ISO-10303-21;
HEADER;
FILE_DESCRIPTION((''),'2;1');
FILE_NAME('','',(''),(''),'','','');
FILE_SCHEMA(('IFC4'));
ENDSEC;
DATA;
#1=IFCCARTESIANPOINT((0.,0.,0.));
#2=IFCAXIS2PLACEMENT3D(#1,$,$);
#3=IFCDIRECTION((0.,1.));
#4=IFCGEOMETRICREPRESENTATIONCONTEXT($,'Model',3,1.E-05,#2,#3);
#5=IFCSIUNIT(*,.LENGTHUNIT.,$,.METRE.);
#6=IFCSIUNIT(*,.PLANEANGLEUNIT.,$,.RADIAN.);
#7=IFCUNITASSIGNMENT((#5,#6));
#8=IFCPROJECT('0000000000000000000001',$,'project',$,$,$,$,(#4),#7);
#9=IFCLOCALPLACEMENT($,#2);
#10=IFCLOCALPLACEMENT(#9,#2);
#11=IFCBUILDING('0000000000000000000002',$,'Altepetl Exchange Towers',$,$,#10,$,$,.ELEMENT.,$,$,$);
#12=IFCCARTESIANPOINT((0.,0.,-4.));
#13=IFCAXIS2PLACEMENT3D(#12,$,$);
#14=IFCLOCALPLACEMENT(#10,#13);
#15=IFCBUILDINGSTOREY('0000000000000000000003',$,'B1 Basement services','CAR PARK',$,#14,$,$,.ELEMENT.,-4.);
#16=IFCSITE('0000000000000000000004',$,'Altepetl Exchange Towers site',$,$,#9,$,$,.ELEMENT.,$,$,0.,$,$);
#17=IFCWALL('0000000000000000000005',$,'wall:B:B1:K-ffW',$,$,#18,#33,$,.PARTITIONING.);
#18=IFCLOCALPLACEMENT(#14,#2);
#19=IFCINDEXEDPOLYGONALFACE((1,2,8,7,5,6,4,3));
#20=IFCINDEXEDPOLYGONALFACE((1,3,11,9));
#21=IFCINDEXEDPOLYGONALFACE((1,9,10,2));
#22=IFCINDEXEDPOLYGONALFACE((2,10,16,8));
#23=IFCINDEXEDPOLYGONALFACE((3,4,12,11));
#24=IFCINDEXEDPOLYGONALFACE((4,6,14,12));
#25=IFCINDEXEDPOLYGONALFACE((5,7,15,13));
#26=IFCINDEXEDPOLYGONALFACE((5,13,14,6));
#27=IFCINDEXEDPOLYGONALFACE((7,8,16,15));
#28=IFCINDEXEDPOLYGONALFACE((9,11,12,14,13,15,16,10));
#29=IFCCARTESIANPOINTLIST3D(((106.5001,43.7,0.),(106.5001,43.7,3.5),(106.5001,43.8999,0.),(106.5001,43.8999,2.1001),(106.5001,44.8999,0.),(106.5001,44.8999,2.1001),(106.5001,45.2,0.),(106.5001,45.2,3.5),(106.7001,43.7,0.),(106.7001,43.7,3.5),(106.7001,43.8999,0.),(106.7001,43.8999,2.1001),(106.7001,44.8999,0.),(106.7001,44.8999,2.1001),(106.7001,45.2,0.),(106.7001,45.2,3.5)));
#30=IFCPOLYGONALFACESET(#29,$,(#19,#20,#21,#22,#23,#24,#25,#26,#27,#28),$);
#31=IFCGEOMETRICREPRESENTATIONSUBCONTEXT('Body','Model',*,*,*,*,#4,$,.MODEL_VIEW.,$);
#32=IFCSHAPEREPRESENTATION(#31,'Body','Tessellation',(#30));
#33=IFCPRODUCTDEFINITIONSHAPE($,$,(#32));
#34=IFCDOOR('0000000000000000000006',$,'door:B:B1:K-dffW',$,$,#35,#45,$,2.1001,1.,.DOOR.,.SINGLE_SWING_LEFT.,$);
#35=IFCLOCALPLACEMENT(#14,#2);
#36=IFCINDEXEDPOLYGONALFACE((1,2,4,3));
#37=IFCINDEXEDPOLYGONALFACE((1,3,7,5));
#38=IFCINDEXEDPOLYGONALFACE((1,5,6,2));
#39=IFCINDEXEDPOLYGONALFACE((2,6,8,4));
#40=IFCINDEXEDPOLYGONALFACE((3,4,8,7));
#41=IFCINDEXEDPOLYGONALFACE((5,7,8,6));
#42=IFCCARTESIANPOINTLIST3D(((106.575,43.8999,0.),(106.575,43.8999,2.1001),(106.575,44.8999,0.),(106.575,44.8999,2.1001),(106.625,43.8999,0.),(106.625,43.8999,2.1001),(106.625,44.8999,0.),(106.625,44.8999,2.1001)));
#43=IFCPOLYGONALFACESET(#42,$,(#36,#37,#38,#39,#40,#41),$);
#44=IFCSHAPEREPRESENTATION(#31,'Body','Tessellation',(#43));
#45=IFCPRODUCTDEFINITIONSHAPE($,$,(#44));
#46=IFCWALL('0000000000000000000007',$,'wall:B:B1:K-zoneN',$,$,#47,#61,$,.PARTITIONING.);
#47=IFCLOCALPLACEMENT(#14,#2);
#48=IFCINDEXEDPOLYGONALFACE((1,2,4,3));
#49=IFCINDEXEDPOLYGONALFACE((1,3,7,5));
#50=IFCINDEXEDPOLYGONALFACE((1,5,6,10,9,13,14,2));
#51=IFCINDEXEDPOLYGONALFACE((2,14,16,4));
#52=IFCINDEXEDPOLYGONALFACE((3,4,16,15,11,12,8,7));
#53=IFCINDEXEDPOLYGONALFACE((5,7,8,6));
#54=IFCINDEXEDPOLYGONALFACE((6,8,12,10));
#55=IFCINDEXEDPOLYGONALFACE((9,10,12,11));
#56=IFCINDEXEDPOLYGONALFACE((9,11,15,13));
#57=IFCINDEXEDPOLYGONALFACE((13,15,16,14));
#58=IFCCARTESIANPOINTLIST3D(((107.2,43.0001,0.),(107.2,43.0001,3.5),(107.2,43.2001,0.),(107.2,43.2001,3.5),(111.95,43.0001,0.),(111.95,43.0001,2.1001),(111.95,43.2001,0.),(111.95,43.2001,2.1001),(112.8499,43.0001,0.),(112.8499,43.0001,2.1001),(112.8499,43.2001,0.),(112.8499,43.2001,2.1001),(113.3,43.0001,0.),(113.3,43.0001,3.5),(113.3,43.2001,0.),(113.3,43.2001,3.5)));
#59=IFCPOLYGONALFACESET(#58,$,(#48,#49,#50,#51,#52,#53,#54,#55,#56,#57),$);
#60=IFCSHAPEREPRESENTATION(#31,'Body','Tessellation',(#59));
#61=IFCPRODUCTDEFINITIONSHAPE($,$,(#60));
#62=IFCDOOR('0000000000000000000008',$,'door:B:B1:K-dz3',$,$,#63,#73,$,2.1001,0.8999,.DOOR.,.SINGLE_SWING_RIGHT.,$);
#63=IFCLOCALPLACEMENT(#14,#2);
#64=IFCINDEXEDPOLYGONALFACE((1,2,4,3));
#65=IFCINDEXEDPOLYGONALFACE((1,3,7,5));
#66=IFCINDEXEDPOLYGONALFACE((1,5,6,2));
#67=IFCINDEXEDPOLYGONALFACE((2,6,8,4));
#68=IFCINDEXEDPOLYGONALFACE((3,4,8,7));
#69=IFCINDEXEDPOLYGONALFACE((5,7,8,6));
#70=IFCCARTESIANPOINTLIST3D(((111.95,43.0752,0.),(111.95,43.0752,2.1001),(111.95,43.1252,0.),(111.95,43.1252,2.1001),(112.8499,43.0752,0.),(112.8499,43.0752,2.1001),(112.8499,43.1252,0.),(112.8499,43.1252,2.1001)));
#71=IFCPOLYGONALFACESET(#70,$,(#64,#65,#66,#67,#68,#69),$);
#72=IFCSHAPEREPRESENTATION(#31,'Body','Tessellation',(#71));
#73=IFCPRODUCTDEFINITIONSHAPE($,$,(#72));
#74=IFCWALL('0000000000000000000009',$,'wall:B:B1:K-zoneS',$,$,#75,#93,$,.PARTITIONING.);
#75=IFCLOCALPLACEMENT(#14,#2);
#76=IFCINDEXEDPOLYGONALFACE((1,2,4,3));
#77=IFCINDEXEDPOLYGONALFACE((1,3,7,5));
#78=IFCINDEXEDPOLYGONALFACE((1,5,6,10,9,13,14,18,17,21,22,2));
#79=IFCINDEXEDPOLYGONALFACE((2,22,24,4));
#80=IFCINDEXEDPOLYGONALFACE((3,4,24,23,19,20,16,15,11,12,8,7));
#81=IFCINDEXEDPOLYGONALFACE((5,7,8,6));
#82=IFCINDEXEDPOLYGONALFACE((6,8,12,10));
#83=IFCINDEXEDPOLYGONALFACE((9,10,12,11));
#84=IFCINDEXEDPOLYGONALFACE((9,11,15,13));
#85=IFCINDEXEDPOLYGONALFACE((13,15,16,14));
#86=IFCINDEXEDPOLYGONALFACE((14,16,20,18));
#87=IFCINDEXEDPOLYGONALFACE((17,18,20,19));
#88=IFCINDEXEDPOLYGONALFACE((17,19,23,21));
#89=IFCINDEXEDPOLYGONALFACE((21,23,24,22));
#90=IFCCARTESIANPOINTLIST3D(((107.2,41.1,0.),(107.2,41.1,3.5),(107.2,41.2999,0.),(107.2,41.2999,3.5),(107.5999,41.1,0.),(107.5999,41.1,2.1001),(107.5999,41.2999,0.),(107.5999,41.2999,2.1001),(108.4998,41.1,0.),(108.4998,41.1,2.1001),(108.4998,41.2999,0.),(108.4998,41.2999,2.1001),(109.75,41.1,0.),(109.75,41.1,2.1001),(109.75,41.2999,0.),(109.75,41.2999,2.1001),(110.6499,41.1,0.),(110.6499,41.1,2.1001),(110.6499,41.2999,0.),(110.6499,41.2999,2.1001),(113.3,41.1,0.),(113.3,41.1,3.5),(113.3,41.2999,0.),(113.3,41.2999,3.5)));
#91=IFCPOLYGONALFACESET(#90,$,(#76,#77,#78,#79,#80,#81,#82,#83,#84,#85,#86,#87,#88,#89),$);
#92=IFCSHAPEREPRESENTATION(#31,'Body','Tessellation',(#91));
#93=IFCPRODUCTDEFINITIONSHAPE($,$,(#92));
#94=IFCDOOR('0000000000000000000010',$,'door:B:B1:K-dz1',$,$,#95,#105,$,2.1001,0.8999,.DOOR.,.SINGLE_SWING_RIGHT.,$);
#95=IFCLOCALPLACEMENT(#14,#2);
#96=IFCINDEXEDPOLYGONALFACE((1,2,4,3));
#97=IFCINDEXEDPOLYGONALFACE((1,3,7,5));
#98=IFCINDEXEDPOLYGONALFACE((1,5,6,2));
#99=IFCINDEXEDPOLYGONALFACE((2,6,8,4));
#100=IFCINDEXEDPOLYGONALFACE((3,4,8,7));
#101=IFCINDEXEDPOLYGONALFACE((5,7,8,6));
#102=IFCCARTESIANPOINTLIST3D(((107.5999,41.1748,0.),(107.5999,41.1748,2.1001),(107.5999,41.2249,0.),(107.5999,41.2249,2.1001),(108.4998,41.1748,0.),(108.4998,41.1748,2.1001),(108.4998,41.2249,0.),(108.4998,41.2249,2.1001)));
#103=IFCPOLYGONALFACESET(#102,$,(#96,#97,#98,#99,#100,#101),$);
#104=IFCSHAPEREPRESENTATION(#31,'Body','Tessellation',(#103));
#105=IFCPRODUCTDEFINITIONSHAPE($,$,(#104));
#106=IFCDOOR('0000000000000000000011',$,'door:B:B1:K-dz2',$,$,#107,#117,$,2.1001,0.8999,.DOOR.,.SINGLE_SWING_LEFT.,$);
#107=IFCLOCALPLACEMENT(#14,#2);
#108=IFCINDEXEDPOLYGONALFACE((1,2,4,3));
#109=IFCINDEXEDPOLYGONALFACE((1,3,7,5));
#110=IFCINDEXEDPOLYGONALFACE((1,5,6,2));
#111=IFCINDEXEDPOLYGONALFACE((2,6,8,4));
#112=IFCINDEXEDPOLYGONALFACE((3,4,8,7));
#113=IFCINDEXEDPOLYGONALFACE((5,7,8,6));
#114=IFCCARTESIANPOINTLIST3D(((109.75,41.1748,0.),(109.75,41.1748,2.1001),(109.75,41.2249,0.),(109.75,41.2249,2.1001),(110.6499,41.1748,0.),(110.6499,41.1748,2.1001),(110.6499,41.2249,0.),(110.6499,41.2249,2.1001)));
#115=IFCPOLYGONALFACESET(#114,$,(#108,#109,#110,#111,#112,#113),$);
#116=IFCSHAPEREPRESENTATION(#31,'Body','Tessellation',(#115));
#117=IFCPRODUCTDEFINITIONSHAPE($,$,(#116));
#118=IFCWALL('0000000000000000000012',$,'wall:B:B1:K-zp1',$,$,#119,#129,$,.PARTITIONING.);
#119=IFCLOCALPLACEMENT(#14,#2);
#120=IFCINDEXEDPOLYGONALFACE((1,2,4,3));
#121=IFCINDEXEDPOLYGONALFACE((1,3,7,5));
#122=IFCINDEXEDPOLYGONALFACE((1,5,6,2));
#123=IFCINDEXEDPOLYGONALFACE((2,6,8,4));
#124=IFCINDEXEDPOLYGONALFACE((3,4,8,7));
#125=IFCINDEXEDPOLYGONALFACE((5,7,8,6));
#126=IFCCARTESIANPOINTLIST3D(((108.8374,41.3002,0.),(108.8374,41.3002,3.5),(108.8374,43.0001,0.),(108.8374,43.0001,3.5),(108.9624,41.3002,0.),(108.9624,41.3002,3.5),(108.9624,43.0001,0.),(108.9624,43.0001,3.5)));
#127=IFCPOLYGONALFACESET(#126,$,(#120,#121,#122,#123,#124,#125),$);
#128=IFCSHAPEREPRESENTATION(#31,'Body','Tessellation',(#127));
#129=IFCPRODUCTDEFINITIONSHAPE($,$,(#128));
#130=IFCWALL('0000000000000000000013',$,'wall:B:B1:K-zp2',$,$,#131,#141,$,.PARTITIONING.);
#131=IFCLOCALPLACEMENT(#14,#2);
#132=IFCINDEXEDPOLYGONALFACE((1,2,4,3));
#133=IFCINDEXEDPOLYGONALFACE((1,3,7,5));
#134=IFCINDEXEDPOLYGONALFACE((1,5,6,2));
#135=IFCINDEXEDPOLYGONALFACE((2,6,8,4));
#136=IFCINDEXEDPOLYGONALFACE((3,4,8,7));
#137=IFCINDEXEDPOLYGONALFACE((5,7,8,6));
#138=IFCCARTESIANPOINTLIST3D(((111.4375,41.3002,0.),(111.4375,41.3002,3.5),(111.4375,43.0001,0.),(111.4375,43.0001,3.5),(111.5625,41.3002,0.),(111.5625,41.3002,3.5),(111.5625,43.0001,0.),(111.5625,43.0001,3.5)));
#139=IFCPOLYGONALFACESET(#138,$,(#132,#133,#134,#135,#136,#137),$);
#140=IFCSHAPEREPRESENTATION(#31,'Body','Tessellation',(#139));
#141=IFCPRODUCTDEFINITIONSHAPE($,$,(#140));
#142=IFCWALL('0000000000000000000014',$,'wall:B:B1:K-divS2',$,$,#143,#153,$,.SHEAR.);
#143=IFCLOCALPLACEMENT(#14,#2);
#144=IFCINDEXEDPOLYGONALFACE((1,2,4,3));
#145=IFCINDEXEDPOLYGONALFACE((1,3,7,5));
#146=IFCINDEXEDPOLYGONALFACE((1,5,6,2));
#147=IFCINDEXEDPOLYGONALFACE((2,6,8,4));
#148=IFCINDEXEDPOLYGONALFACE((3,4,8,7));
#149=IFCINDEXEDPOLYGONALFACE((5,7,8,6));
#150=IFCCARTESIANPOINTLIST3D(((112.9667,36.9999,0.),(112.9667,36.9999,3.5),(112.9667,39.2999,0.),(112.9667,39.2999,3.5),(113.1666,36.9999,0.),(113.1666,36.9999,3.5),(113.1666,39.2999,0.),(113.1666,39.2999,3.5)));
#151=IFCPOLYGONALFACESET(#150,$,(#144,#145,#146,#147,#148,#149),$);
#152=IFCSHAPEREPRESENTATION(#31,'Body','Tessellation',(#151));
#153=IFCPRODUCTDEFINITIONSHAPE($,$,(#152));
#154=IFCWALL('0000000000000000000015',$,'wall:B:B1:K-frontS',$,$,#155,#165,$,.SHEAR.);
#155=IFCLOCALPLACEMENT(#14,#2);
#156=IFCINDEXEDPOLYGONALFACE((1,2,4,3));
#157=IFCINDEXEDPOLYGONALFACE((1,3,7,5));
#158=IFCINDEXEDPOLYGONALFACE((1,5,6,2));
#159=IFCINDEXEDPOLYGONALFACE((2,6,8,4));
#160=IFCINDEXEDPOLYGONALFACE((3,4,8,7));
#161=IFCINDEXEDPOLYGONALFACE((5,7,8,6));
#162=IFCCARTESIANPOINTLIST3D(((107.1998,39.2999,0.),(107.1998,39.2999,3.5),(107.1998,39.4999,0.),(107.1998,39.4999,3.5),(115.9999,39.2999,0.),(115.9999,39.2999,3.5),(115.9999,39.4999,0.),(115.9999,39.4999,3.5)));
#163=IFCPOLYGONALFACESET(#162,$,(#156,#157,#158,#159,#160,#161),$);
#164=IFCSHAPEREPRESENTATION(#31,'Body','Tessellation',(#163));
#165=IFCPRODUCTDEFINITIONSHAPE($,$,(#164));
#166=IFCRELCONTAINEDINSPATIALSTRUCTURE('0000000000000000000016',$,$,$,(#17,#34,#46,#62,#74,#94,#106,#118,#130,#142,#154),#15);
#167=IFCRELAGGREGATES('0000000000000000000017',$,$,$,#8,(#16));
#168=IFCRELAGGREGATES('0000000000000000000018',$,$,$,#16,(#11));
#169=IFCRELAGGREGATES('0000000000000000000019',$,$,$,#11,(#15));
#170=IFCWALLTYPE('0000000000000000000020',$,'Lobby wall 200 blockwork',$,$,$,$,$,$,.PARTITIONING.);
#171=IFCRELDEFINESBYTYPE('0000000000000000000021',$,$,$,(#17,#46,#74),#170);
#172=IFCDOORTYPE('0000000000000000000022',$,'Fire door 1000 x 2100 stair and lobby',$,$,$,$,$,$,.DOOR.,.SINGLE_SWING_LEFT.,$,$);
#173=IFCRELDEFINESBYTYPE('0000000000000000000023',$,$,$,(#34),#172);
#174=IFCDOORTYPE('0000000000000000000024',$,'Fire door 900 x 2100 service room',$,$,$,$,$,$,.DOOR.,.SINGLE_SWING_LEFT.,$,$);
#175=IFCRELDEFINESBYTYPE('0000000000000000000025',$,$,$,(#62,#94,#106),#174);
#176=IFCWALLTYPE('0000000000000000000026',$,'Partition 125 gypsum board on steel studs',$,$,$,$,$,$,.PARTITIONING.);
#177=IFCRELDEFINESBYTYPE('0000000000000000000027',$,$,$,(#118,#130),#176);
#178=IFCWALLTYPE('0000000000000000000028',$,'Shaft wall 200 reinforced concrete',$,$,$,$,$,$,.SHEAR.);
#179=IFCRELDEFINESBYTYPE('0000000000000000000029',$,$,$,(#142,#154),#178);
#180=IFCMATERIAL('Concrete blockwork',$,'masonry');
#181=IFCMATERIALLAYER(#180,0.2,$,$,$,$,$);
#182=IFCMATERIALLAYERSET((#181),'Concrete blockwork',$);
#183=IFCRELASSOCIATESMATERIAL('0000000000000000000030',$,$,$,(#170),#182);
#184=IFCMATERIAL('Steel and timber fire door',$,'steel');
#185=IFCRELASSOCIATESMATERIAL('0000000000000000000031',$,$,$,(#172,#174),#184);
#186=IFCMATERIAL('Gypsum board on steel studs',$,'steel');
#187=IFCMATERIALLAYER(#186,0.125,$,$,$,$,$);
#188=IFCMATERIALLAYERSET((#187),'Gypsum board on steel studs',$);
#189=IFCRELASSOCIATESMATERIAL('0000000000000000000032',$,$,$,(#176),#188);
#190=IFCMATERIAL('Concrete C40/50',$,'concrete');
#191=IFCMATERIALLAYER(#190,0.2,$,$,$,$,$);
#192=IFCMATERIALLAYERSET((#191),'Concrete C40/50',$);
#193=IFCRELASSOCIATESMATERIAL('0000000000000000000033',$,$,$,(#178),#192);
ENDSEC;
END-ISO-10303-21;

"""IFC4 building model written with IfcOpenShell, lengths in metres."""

from ifc_helpers import new_model, si_unit, direction, frame, frame_2d, origin, place, context, subcontext, project, spatial, rectangle, extrude, material, layer, layer_set, type_object, element, fill, save


model = new_model("IFC4")

# Units and contexts
model_context = context("Model", 3, precision=1e-05, world=origin(), true_north=direction((0.0, 1.0)))
body_context = subcontext(model_context, "Body", "Model", "MODEL_VIEW")
ifc_project = project(units=[si_unit("LENGTHUNIT", "METRE"), si_unit("PLANEANGLEUNIT", "RADIAN")], contexts=[model_context])

# Site, building, storey
site_placement = place(None, origin())
site = spatial("IfcSite", under=ifc_project, at=site_placement, Name="Altepetl Exchange Towers site", CompositionType="ELEMENT", RefElevation=0.0)
building_placement = place(site_placement, origin())
building = spatial("IfcBuilding", under=site, at=building_placement, Name="Altepetl Exchange Towers", CompositionType="ELEMENT")
storey_placement = place(building_placement, frame((0.0, 0.0, -4.0)))
storey = spatial("IfcBuildingStorey", under=building, at=storey_placement, Name="B1 Basement services", Description="CAR PARK", CompositionType="ELEMENT", Elevation=-4.0)

# Walls, openings, doors
ifc_material_1 = material(Name="Concrete blockwork", Category="masonry")
ifc_layer_1 = layer(ifc_material_1, 0.2)
ifc_layer_set_1 = layer_set([ifc_layer_1], Name="Concrete blockwork")
wall_type_1 = type_object("IfcWallType", Name="Lobby wall 200 blockwork", PredefinedType="PARTITIONING", material=ifc_layer_set_1)
wall_1_placement = place(storey_placement, frame((106.6001, 43.7, 0.0), z_axis=(0.0, 0.0, 1.0), x_axis=(0.0, 1.0, 0.0)))
wall_1 = element("IfcWall", 1, at=wall_1_placement, inside=storey, type_object=wall_type_1, Name="wall:B:B1:K-ffW", PredefinedType="PARTITIONING", context=body_context, shape_type="SweptSolid", body=[
    extrude(rectangle(XDim=1.5, YDim=0.2, at=frame_2d((0.75, 0.0))), origin(), (0.0, 0.0, 1.0), 3.5),
])
opening_1_placement = place(wall_1_placement, frame((0.2, 0.0, 0.0)))
opening_1 = element("IfcOpeningElement", 2, at=opening_1_placement, cuts=wall_1, PredefinedType="OPENING", context=body_context, shape_type="SweptSolid", body=[
    extrude(rectangle(XDim=1.0, YDim=2.1001, at=frame_2d((0.5, 1.05))), frame((0.0, 0.1099, 0.0), z_axis=(0.0, -1.0, 0.0), x_axis=(1.0, 0.0, 0.0)), (0.0, 0.0, 1.0), 0.22),
])
ifc_material_2 = material(Name="Steel and timber fire door", Category="steel")
door_type_1 = type_object("IfcDoorType", Name="Fire door 1000 x 2100 stair and lobby", OperationType="SINGLE_SWING_LEFT", PredefinedType="DOOR", material=ifc_material_2)
door_1_placement = place(opening_1_placement, frame((1.0, 0.0, 0.0), x_axis=(-1.0, 0.0, 0.0)))
door_1 = element("IfcDoor", 3, at=door_1_placement, inside=storey, type_object=door_type_1, Name="door:B:B1:K-dffW", OperationType="SINGLE_SWING_LEFT", OverallHeight=2.1001, OverallWidth=1.0, PredefinedType="DOOR", context=body_context, shape_type="SweptSolid", body=[
    extrude(rectangle(XDim=1.0, YDim=2.1001, at=frame_2d((0.5, 1.05))), frame((0.0, 0.0249, 0.0), z_axis=(0.0, -1.0, 0.0), x_axis=(1.0, 0.0, 0.0)), (0.0, 0.0, 1.0), 0.05),
])
fill(opening_1, door_1)
wall_2_placement = place(storey_placement, frame((107.2, 43.1001, 0.0)))
wall_2 = element("IfcWall", 4, at=wall_2_placement, inside=storey, type_object=wall_type_1, Name="wall:B:B1:K-zoneN", PredefinedType="PARTITIONING", context=body_context, shape_type="SweptSolid", body=[
    extrude(rectangle(XDim=6.1001, YDim=0.2, at=frame_2d((3.05, 0.0))), origin(), (0.0, 0.0, 1.0), 3.5),
])
opening_2_placement = place(wall_2_placement, frame((4.75, 0.0, 0.0)))
opening_2 = element("IfcOpeningElement", 5, at=opening_2_placement, cuts=wall_2, PredefinedType="OPENING", context=body_context, shape_type="SweptSolid", body=[
    extrude(rectangle(XDim=0.8999, YDim=2.1001, at=frame_2d((0.45, 1.05))), frame((0.0, 0.1099, 0.0), z_axis=(0.0, -1.0, 0.0), x_axis=(1.0, 0.0, 0.0)), (0.0, 0.0, 1.0), 0.22),
])
door_type_2 = type_object("IfcDoorType", Name="Fire door 900 x 2100 service room", OperationType="SINGLE_SWING_LEFT", PredefinedType="DOOR", material=ifc_material_2)
door_2_placement = place(opening_2_placement, frame((0.8999, 0.0, 0.0), x_axis=(-1.0, 0.0, 0.0)))
door_2 = element("IfcDoor", 6, at=door_2_placement, inside=storey, type_object=door_type_2, Name="door:B:B1:K-dz3", OperationType="SINGLE_SWING_RIGHT", OverallHeight=2.1001, OverallWidth=0.8999, PredefinedType="DOOR", context=body_context, shape_type="SweptSolid", body=[
    extrude(rectangle(XDim=0.8999, YDim=2.1001, at=frame_2d((0.45, 1.05))), frame((0.0, 0.0249, 0.0), z_axis=(0.0, -1.0, 0.0), x_axis=(1.0, 0.0, 0.0)), (0.0, 0.0, 1.0), 0.05),
])
fill(opening_2, door_2)

# Wall, openings, doors
wall_3_placement = place(storey_placement, frame((107.2, 41.2, 0.0)))
wall_3 = element("IfcWall", 7, at=wall_3_placement, inside=storey, type_object=wall_type_1, Name="wall:B:B1:K-zoneS", PredefinedType="PARTITIONING", context=body_context, shape_type="SweptSolid", body=[
    extrude(rectangle(XDim=6.1001, YDim=0.2, at=frame_2d((3.05, 0.0))), origin(), (0.0, 0.0, 1.0), 3.5),
])
opening_3_placement = place(wall_3_placement, frame((0.3999, 0.0, 0.0)))
opening_3 = element("IfcOpeningElement", 8, at=opening_3_placement, cuts=wall_3, PredefinedType="OPENING", context=body_context, shape_type="SweptSolid", body=[
    extrude(rectangle(XDim=0.8999, YDim=2.1001, at=frame_2d((0.45, 1.05))), frame((0.0, 0.1099, 0.0), z_axis=(0.0, -1.0, 0.0), x_axis=(1.0, 0.0, 0.0)), (0.0, 0.0, 1.0), 0.22),
])
opening_4_placement = place(wall_3_placement, frame((2.55, 0.0, 0.0)))
opening_4 = element("IfcOpeningElement", 9, at=opening_4_placement, cuts=wall_3, PredefinedType="OPENING", context=body_context, shape_type="SweptSolid", body=[
    extrude(rectangle(XDim=0.8999, YDim=2.1001, at=frame_2d((0.45, 1.05))), frame((0.0, 0.1099, 0.0), z_axis=(0.0, -1.0, 0.0), x_axis=(1.0, 0.0, 0.0)), (0.0, 0.0, 1.0), 0.22),
])
door_3_placement = place(opening_3_placement, origin())
door_3 = element("IfcDoor", 10, at=door_3_placement, inside=storey, type_object=door_type_2, Name="door:B:B1:K-dz1", OperationType="SINGLE_SWING_RIGHT", OverallHeight=2.1001, OverallWidth=0.8999, PredefinedType="DOOR", context=body_context, shape_type="SweptSolid", body=[
    extrude(rectangle(XDim=0.8999, YDim=2.1001, at=frame_2d((0.45, 1.05))), frame((0.0, 0.0249, 0.0), z_axis=(0.0, -1.0, 0.0), x_axis=(1.0, 0.0, 0.0)), (0.0, 0.0, 1.0), 0.05),
])
fill(opening_3, door_3)
door_4_placement = place(opening_4_placement, origin())
door_4 = element("IfcDoor", 11, at=door_4_placement, inside=storey, type_object=door_type_2, Name="door:B:B1:K-dz2", OperationType="SINGLE_SWING_LEFT", OverallHeight=2.1001, OverallWidth=0.8999, PredefinedType="DOOR", context=body_context, shape_type="SweptSolid", body=[
    extrude(rectangle(XDim=0.8999, YDim=2.1001, at=frame_2d((0.45, 1.05))), frame((0.0, 0.0249, 0.0), z_axis=(0.0, -1.0, 0.0), x_axis=(1.0, 0.0, 0.0)), (0.0, 0.0, 1.0), 0.05),
])
fill(opening_4, door_4)

# Walls
ifc_material_3 = material(Name="Gypsum board on steel studs", Category="steel")
ifc_layer_2 = layer(ifc_material_3, 0.125)
ifc_layer_set_2 = layer_set([ifc_layer_2], Name="Gypsum board on steel studs")
wall_type_2 = type_object("IfcWallType", Name="Partition 125 gypsum board on steel studs", PredefinedType="PARTITIONING", material=ifc_layer_set_2)
for number, where, z_axis, x_axis, name in (
    (12, (108.8999, 41.3, 0.0), (0.0, 0.0, 1.0), (0.0, 1.0, 0.0), "wall:B:B1:K-zp1"),
    (13, (111.5, 41.3, 0.0), (0.0, 0.0, 1.0), (0.0, 1.0, 0.0), "wall:B:B1:K-zp2"),
):
    element("IfcWall", number, at=place(storey_placement, frame(where, z_axis=z_axis, x_axis=x_axis)), inside=storey, type_object=wall_type_2, Name=name, PredefinedType="PARTITIONING", context=body_context, shape_type="SweptSolid", body=[
        extrude(rectangle(XDim=1.7, YDim=0.125, at=frame_2d((0.8501, 0.0))), origin(), (0.0, 0.0, 1.0), 3.5),
    ])
ifc_material_4 = material(Name="Concrete C40/50", Category="concrete")
ifc_layer_3 = layer(ifc_material_4, 0.2)
ifc_layer_set_3 = layer_set([ifc_layer_3], Name="Concrete C40/50")
wall_type_3 = type_object("IfcWallType", Name="Shaft wall 200 reinforced concrete", PredefinedType="SHEAR", material=ifc_layer_set_3)
wall_4_placement = place(storey_placement, frame((113.0667, 37.0, 0.0), z_axis=(0.0, 0.0, 1.0), x_axis=(0.0, 1.0, 0.0)))
element("IfcWall", 14, at=wall_4_placement, inside=storey, type_object=wall_type_3, Name="wall:B:B1:K-divS2", PredefinedType="SHEAR", context=body_context, shape_type="SweptSolid", body=[
    extrude(rectangle(XDim=2.3, YDim=0.2, at=frame_2d((1.1499, 0.0))), origin(), (0.0, 0.0, 1.0), 3.5),
])
wall_5_placement = place(storey_placement, frame((107.2, 39.3999, 0.0)))
element("IfcWall", 15, at=wall_5_placement, inside=storey, type_object=wall_type_3, Name="wall:B:B1:K-frontS", PredefinedType="SHEAR", context=body_context, shape_type="SweptSolid", body=[
    extrude(rectangle(XDim=8.8, YDim=0.2, at=frame_2d((4.3999, 0.0))), origin(), (0.0, 0.0, 1.0), 3.5),
])

save(model, "model.ifc")
